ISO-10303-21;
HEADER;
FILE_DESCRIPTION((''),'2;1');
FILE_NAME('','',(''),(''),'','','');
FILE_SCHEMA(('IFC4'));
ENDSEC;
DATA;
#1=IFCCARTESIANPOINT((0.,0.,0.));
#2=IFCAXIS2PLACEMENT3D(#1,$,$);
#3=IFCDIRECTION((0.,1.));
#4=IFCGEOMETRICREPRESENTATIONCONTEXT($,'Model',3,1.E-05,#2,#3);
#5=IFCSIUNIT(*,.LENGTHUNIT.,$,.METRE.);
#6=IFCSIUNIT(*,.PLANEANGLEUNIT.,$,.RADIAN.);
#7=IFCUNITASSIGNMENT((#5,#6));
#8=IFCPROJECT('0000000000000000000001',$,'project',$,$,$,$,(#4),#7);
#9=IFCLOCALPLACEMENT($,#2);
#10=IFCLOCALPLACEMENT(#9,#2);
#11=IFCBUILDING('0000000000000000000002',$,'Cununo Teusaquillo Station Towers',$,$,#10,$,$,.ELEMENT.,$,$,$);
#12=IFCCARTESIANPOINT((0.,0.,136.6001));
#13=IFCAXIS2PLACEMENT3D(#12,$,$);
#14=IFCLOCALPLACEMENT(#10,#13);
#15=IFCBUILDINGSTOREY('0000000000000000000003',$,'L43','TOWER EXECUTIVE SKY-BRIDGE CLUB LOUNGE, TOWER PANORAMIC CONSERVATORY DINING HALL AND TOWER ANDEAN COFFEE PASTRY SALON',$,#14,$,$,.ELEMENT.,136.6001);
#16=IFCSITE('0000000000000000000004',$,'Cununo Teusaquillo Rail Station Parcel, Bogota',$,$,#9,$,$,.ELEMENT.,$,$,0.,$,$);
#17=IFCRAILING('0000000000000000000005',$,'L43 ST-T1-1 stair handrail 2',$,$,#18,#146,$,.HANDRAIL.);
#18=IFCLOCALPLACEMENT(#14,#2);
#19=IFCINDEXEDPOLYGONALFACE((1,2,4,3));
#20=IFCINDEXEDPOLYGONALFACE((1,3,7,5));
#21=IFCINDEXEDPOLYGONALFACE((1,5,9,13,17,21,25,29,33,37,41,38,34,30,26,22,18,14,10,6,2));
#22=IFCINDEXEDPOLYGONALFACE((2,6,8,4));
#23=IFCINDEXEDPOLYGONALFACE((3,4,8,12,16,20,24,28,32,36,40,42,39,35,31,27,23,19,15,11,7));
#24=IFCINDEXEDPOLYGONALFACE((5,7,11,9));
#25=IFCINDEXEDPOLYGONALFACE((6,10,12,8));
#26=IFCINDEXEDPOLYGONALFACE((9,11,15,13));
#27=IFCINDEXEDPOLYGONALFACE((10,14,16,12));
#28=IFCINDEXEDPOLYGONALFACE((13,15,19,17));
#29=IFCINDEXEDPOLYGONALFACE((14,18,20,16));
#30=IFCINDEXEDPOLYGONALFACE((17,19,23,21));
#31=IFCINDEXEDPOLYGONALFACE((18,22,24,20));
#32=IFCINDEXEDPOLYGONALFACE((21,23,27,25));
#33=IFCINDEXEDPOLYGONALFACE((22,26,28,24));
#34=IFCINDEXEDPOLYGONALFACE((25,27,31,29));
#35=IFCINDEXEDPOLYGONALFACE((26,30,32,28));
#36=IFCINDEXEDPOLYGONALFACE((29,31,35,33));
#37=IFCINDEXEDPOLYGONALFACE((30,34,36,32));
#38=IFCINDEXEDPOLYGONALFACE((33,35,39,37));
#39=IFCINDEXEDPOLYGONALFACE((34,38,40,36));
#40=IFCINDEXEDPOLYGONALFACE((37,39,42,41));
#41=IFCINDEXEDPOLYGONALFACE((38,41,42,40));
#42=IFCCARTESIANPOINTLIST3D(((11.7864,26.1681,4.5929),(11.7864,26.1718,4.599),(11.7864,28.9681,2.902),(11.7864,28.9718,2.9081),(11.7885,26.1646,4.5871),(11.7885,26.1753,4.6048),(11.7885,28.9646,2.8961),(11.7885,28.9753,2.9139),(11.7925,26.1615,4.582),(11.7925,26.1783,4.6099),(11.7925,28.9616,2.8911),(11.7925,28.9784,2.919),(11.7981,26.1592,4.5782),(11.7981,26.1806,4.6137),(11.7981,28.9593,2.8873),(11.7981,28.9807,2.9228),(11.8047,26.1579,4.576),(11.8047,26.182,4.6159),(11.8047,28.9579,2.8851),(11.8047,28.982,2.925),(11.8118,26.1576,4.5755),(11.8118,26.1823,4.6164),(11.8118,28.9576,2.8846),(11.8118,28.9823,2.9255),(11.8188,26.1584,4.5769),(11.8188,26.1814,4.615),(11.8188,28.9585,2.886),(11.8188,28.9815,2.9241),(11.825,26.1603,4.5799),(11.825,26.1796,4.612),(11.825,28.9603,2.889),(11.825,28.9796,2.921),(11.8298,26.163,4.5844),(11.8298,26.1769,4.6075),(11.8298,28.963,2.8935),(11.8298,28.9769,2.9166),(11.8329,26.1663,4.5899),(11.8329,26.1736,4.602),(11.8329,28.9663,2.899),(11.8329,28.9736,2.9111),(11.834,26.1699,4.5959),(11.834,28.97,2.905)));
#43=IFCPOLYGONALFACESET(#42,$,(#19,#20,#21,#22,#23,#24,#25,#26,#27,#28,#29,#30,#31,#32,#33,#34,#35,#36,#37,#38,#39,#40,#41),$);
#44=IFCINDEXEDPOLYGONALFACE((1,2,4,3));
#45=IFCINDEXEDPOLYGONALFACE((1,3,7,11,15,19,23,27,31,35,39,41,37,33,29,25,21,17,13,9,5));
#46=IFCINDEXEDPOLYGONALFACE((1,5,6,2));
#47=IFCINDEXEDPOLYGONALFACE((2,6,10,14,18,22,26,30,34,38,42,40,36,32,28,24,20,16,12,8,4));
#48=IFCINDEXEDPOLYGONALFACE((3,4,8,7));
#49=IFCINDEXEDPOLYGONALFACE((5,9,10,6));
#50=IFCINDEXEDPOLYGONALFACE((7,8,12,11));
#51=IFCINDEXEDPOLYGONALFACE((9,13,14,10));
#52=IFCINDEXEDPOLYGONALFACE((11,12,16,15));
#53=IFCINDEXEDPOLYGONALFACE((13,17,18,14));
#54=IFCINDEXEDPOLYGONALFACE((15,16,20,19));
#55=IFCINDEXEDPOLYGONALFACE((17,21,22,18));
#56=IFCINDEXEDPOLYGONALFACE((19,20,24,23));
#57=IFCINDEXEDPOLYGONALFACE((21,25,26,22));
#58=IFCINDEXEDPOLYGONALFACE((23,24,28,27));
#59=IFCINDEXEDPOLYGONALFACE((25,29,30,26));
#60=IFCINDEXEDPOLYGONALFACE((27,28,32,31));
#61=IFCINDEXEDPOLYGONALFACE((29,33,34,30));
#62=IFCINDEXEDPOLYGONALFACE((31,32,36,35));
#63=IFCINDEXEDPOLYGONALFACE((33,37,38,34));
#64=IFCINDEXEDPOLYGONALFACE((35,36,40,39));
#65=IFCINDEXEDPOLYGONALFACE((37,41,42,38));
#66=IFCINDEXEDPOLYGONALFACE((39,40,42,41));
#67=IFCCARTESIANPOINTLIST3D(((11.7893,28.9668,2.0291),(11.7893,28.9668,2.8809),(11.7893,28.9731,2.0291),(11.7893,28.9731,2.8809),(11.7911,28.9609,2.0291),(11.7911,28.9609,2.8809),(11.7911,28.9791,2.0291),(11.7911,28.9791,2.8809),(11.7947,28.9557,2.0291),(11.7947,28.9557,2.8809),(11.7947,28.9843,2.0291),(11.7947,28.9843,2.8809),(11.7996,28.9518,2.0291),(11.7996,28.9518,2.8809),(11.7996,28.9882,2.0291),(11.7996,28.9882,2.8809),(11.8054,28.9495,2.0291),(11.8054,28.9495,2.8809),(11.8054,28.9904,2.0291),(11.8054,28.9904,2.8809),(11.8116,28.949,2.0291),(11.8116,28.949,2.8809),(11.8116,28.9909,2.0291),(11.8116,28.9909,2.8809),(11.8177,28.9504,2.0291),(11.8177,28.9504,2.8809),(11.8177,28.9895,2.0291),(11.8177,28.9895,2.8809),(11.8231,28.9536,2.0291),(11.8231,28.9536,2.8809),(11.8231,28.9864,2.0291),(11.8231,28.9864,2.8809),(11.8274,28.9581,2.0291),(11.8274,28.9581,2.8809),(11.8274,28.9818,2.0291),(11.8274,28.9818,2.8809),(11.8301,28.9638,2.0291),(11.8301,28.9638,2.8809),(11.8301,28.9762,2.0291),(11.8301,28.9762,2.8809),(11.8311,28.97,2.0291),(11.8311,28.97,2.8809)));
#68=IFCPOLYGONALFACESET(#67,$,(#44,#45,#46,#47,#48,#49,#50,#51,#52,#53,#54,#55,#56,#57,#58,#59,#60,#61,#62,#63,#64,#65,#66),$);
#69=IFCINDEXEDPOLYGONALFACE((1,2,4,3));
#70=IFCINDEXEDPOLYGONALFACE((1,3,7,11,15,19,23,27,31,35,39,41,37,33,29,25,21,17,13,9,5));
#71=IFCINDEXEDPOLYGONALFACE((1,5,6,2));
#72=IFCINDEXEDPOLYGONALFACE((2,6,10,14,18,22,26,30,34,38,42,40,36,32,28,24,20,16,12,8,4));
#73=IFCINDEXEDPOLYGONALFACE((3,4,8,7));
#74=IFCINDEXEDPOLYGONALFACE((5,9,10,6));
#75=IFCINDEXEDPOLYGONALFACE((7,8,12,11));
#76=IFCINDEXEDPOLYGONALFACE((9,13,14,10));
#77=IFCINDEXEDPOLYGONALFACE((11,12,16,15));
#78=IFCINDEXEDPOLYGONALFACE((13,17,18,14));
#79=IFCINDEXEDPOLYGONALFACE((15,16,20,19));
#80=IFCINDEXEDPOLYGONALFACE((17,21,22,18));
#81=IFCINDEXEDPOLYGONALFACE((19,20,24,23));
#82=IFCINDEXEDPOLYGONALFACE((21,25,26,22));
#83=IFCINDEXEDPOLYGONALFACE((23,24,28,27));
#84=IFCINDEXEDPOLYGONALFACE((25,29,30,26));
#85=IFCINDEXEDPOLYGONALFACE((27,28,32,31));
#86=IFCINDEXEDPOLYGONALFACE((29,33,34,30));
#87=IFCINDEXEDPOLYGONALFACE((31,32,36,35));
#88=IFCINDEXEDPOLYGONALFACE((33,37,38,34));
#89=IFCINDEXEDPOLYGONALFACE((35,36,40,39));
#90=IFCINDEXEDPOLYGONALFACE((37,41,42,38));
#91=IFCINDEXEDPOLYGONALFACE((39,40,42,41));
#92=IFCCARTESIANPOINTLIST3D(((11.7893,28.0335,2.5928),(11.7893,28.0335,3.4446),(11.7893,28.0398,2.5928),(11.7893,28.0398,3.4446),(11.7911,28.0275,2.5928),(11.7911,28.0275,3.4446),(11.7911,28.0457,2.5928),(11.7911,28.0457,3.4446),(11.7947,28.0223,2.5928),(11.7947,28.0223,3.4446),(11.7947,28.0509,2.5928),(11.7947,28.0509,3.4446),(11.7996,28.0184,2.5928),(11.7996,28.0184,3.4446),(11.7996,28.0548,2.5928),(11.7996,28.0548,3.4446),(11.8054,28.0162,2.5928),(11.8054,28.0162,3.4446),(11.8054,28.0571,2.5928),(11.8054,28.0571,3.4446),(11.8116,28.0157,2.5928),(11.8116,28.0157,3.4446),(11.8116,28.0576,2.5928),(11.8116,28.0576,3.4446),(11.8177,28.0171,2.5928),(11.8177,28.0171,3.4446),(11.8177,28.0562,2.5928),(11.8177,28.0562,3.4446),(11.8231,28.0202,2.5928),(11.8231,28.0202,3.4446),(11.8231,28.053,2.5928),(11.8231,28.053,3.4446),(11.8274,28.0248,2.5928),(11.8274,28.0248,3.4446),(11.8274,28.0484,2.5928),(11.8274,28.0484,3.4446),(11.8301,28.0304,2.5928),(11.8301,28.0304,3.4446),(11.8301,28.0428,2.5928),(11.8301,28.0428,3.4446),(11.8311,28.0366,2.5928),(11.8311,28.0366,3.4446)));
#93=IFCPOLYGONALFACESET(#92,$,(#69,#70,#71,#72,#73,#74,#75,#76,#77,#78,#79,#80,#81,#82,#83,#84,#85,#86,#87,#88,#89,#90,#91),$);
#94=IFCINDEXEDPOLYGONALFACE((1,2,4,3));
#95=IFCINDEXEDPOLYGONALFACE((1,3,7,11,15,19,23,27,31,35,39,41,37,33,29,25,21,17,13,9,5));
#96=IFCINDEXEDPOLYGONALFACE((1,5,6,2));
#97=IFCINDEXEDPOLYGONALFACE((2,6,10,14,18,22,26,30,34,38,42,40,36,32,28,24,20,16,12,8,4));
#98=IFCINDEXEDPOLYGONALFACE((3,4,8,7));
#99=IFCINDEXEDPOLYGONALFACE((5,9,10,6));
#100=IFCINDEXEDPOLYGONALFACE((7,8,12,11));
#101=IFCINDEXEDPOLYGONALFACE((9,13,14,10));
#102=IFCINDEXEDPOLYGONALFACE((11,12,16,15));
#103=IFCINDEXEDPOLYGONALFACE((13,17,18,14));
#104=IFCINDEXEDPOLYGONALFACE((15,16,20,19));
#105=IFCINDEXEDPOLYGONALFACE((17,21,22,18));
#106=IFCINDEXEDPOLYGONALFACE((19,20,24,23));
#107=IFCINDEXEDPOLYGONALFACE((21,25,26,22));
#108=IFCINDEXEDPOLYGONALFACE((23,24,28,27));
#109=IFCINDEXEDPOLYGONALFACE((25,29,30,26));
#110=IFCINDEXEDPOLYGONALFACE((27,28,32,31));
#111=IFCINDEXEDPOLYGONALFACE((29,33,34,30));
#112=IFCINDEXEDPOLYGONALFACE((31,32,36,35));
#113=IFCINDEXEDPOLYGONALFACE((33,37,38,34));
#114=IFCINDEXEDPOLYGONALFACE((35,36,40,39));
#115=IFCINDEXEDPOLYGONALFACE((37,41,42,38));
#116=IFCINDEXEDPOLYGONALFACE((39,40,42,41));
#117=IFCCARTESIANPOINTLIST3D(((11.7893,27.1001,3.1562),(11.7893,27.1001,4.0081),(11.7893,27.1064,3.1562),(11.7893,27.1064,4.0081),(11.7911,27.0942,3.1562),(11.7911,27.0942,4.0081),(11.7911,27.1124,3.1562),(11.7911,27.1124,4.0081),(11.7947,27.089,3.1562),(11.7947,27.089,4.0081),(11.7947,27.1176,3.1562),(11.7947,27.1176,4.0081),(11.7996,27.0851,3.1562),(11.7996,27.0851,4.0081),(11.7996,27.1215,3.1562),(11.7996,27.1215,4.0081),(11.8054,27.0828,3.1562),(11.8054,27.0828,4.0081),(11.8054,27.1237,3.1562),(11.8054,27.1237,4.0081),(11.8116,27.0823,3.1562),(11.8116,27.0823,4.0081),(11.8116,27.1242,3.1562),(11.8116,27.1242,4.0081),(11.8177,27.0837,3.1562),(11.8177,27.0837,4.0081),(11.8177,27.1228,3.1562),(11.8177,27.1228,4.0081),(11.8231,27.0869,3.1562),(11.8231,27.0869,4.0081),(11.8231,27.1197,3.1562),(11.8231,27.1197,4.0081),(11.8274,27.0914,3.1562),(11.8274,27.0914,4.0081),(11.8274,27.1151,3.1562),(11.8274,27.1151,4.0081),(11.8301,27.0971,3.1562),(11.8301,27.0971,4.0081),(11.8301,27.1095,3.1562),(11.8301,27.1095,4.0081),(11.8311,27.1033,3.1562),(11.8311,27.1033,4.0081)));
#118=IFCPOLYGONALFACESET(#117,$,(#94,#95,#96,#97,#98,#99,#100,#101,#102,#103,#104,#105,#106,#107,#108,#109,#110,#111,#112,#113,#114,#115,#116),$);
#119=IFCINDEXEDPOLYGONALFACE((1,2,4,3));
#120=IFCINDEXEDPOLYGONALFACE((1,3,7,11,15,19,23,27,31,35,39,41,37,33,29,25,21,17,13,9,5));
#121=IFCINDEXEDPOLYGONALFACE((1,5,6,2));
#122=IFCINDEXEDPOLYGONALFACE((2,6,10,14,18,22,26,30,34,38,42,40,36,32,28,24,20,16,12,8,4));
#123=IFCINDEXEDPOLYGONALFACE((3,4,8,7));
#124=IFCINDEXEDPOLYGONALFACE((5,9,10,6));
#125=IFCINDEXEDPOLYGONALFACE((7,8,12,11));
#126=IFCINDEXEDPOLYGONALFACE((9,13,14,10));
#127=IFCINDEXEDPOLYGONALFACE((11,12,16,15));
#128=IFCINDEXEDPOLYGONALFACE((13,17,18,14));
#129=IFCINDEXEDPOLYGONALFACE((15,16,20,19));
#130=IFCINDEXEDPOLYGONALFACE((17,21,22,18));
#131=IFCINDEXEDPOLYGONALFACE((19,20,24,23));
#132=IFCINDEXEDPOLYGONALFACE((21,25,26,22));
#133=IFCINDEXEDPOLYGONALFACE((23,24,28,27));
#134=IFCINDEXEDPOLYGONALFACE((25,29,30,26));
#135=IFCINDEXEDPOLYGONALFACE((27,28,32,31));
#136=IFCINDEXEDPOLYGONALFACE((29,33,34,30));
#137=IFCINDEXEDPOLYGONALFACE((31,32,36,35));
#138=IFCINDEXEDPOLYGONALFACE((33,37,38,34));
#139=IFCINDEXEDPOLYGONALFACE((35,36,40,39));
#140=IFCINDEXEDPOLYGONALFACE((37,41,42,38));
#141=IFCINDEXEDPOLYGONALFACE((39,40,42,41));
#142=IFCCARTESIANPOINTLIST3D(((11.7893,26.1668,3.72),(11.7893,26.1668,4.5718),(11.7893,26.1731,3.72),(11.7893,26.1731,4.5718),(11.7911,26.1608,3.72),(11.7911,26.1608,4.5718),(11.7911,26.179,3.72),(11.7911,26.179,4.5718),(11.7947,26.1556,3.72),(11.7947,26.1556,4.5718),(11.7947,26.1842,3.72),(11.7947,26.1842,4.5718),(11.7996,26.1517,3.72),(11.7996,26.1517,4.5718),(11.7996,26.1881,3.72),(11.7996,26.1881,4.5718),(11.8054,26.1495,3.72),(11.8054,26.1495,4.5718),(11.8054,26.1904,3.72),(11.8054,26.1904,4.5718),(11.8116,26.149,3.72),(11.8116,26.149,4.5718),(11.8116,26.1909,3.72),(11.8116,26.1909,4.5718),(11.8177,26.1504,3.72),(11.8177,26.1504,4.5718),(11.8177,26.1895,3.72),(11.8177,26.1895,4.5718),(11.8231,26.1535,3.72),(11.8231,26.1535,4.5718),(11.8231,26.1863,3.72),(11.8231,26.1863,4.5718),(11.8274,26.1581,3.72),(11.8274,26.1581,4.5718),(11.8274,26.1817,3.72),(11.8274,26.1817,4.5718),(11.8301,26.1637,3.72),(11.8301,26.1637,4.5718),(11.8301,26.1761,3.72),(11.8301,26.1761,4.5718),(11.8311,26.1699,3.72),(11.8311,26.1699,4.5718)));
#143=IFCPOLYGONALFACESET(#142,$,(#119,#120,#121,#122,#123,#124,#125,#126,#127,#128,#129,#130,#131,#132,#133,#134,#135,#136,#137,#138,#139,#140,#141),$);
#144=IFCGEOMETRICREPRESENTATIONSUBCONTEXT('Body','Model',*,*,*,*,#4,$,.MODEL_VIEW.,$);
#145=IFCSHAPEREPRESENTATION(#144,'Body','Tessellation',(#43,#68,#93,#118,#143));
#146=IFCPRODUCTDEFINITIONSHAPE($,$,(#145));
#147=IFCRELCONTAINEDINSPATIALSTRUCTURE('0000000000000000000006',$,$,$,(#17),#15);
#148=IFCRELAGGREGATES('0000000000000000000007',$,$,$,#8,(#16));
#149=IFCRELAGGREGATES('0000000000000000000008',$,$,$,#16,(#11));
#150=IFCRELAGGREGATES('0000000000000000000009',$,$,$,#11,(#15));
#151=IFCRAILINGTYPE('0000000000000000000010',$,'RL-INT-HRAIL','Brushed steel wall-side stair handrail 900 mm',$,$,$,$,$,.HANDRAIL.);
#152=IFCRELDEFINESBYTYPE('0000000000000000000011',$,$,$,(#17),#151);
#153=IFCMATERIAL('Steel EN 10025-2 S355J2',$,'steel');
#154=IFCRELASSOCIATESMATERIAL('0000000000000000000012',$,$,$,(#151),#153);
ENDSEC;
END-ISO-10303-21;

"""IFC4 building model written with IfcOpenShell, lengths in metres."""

from ifc_helpers import new_model, si_unit, direction, frame, origin, origin_2d, place, context, subcontext, project, spatial, circle, extrude, material, type_object, element, save


model = new_model("IFC4")

# Units and contexts
model_context = context("Model", 3, precision=1e-05, world=origin(), true_north=direction((0.0, 1.0)))
body_context = subcontext(model_context, "Body", "Model", "MODEL_VIEW")
ifc_project = project(units=[si_unit("LENGTHUNIT", "METRE"), si_unit("PLANEANGLEUNIT", "RADIAN")], contexts=[model_context])

# Site, building, storey
site_placement = place(None, origin())
site = spatial("IfcSite", under=ifc_project, at=site_placement, Name="Cununo Teusaquillo Rail Station Parcel, Bogota", CompositionType="ELEMENT", RefElevation=0.0)
building_placement = place(site_placement, origin())
building = spatial("IfcBuilding", under=site, at=building_placement, Name="Cununo Teusaquillo Station Towers", CompositionType="ELEMENT")
storey_placement = place(building_placement, frame((0.0, 0.0, 136.6001)))
storey = spatial("IfcBuildingStorey", under=building, at=storey_placement, Name="L43", Description="TOWER EXECUTIVE SKY-BRIDGE CLUB LOUNGE, TOWER PANORAMIC CONSERVATORY DINING HALL AND TOWER ANDEAN COFFEE PASTRY SALON", CompositionType="ELEMENT", Elevation=136.6001)

# Railing
ifc_material_1 = material(Name="Steel EN 10025-2 S355J2", Category="steel")
railing_type_1 = type_object("IfcRailingType", Name="RL-INT-HRAIL", Description="Brushed steel wall-side stair handrail 900 mm", PredefinedType="HANDRAIL", material=ifc_material_1)
railing_1_placement = place(storey_placement, frame((11.8101, 28.97, 2.0291)))
element("IfcRailing", 1, at=railing_1_placement, inside=storey, type_object=railing_type_1, Name="L43 ST-T1-1 stair handrail 2", PredefinedType="HANDRAIL", context=body_context, shape_type="SweptSolid", body=[
    extrude(circle(Radius=0.0239, at=origin_2d()), frame((0.0, 0.0, 0.876), z_axis=(0.0, -0.856021, 0.516941), x_axis=(1.0, 0.0, 0.0)), (0.0, 0.0, 1.0), 3.271),
    extrude(circle(Radius=0.021, at=origin_2d()), origin(), (0.0, 0.0, 1.0), 0.8518),
    extrude(circle(Radius=0.021, at=origin_2d()), frame((0.0, -0.9333, 0.5637)), (0.0, 0.0, 1.0), 0.8518),
    extrude(circle(Radius=0.021, at=origin_2d()), frame((0.0, -1.8667, 1.1272)), (0.0, 0.0, 1.0), 0.8518),
    extrude(circle(Radius=0.021, at=origin_2d()), frame((0.0, -2.8, 1.6909)), (0.0, 0.0, 1.0), 0.8518),
])

save(model, "model.ifc")
